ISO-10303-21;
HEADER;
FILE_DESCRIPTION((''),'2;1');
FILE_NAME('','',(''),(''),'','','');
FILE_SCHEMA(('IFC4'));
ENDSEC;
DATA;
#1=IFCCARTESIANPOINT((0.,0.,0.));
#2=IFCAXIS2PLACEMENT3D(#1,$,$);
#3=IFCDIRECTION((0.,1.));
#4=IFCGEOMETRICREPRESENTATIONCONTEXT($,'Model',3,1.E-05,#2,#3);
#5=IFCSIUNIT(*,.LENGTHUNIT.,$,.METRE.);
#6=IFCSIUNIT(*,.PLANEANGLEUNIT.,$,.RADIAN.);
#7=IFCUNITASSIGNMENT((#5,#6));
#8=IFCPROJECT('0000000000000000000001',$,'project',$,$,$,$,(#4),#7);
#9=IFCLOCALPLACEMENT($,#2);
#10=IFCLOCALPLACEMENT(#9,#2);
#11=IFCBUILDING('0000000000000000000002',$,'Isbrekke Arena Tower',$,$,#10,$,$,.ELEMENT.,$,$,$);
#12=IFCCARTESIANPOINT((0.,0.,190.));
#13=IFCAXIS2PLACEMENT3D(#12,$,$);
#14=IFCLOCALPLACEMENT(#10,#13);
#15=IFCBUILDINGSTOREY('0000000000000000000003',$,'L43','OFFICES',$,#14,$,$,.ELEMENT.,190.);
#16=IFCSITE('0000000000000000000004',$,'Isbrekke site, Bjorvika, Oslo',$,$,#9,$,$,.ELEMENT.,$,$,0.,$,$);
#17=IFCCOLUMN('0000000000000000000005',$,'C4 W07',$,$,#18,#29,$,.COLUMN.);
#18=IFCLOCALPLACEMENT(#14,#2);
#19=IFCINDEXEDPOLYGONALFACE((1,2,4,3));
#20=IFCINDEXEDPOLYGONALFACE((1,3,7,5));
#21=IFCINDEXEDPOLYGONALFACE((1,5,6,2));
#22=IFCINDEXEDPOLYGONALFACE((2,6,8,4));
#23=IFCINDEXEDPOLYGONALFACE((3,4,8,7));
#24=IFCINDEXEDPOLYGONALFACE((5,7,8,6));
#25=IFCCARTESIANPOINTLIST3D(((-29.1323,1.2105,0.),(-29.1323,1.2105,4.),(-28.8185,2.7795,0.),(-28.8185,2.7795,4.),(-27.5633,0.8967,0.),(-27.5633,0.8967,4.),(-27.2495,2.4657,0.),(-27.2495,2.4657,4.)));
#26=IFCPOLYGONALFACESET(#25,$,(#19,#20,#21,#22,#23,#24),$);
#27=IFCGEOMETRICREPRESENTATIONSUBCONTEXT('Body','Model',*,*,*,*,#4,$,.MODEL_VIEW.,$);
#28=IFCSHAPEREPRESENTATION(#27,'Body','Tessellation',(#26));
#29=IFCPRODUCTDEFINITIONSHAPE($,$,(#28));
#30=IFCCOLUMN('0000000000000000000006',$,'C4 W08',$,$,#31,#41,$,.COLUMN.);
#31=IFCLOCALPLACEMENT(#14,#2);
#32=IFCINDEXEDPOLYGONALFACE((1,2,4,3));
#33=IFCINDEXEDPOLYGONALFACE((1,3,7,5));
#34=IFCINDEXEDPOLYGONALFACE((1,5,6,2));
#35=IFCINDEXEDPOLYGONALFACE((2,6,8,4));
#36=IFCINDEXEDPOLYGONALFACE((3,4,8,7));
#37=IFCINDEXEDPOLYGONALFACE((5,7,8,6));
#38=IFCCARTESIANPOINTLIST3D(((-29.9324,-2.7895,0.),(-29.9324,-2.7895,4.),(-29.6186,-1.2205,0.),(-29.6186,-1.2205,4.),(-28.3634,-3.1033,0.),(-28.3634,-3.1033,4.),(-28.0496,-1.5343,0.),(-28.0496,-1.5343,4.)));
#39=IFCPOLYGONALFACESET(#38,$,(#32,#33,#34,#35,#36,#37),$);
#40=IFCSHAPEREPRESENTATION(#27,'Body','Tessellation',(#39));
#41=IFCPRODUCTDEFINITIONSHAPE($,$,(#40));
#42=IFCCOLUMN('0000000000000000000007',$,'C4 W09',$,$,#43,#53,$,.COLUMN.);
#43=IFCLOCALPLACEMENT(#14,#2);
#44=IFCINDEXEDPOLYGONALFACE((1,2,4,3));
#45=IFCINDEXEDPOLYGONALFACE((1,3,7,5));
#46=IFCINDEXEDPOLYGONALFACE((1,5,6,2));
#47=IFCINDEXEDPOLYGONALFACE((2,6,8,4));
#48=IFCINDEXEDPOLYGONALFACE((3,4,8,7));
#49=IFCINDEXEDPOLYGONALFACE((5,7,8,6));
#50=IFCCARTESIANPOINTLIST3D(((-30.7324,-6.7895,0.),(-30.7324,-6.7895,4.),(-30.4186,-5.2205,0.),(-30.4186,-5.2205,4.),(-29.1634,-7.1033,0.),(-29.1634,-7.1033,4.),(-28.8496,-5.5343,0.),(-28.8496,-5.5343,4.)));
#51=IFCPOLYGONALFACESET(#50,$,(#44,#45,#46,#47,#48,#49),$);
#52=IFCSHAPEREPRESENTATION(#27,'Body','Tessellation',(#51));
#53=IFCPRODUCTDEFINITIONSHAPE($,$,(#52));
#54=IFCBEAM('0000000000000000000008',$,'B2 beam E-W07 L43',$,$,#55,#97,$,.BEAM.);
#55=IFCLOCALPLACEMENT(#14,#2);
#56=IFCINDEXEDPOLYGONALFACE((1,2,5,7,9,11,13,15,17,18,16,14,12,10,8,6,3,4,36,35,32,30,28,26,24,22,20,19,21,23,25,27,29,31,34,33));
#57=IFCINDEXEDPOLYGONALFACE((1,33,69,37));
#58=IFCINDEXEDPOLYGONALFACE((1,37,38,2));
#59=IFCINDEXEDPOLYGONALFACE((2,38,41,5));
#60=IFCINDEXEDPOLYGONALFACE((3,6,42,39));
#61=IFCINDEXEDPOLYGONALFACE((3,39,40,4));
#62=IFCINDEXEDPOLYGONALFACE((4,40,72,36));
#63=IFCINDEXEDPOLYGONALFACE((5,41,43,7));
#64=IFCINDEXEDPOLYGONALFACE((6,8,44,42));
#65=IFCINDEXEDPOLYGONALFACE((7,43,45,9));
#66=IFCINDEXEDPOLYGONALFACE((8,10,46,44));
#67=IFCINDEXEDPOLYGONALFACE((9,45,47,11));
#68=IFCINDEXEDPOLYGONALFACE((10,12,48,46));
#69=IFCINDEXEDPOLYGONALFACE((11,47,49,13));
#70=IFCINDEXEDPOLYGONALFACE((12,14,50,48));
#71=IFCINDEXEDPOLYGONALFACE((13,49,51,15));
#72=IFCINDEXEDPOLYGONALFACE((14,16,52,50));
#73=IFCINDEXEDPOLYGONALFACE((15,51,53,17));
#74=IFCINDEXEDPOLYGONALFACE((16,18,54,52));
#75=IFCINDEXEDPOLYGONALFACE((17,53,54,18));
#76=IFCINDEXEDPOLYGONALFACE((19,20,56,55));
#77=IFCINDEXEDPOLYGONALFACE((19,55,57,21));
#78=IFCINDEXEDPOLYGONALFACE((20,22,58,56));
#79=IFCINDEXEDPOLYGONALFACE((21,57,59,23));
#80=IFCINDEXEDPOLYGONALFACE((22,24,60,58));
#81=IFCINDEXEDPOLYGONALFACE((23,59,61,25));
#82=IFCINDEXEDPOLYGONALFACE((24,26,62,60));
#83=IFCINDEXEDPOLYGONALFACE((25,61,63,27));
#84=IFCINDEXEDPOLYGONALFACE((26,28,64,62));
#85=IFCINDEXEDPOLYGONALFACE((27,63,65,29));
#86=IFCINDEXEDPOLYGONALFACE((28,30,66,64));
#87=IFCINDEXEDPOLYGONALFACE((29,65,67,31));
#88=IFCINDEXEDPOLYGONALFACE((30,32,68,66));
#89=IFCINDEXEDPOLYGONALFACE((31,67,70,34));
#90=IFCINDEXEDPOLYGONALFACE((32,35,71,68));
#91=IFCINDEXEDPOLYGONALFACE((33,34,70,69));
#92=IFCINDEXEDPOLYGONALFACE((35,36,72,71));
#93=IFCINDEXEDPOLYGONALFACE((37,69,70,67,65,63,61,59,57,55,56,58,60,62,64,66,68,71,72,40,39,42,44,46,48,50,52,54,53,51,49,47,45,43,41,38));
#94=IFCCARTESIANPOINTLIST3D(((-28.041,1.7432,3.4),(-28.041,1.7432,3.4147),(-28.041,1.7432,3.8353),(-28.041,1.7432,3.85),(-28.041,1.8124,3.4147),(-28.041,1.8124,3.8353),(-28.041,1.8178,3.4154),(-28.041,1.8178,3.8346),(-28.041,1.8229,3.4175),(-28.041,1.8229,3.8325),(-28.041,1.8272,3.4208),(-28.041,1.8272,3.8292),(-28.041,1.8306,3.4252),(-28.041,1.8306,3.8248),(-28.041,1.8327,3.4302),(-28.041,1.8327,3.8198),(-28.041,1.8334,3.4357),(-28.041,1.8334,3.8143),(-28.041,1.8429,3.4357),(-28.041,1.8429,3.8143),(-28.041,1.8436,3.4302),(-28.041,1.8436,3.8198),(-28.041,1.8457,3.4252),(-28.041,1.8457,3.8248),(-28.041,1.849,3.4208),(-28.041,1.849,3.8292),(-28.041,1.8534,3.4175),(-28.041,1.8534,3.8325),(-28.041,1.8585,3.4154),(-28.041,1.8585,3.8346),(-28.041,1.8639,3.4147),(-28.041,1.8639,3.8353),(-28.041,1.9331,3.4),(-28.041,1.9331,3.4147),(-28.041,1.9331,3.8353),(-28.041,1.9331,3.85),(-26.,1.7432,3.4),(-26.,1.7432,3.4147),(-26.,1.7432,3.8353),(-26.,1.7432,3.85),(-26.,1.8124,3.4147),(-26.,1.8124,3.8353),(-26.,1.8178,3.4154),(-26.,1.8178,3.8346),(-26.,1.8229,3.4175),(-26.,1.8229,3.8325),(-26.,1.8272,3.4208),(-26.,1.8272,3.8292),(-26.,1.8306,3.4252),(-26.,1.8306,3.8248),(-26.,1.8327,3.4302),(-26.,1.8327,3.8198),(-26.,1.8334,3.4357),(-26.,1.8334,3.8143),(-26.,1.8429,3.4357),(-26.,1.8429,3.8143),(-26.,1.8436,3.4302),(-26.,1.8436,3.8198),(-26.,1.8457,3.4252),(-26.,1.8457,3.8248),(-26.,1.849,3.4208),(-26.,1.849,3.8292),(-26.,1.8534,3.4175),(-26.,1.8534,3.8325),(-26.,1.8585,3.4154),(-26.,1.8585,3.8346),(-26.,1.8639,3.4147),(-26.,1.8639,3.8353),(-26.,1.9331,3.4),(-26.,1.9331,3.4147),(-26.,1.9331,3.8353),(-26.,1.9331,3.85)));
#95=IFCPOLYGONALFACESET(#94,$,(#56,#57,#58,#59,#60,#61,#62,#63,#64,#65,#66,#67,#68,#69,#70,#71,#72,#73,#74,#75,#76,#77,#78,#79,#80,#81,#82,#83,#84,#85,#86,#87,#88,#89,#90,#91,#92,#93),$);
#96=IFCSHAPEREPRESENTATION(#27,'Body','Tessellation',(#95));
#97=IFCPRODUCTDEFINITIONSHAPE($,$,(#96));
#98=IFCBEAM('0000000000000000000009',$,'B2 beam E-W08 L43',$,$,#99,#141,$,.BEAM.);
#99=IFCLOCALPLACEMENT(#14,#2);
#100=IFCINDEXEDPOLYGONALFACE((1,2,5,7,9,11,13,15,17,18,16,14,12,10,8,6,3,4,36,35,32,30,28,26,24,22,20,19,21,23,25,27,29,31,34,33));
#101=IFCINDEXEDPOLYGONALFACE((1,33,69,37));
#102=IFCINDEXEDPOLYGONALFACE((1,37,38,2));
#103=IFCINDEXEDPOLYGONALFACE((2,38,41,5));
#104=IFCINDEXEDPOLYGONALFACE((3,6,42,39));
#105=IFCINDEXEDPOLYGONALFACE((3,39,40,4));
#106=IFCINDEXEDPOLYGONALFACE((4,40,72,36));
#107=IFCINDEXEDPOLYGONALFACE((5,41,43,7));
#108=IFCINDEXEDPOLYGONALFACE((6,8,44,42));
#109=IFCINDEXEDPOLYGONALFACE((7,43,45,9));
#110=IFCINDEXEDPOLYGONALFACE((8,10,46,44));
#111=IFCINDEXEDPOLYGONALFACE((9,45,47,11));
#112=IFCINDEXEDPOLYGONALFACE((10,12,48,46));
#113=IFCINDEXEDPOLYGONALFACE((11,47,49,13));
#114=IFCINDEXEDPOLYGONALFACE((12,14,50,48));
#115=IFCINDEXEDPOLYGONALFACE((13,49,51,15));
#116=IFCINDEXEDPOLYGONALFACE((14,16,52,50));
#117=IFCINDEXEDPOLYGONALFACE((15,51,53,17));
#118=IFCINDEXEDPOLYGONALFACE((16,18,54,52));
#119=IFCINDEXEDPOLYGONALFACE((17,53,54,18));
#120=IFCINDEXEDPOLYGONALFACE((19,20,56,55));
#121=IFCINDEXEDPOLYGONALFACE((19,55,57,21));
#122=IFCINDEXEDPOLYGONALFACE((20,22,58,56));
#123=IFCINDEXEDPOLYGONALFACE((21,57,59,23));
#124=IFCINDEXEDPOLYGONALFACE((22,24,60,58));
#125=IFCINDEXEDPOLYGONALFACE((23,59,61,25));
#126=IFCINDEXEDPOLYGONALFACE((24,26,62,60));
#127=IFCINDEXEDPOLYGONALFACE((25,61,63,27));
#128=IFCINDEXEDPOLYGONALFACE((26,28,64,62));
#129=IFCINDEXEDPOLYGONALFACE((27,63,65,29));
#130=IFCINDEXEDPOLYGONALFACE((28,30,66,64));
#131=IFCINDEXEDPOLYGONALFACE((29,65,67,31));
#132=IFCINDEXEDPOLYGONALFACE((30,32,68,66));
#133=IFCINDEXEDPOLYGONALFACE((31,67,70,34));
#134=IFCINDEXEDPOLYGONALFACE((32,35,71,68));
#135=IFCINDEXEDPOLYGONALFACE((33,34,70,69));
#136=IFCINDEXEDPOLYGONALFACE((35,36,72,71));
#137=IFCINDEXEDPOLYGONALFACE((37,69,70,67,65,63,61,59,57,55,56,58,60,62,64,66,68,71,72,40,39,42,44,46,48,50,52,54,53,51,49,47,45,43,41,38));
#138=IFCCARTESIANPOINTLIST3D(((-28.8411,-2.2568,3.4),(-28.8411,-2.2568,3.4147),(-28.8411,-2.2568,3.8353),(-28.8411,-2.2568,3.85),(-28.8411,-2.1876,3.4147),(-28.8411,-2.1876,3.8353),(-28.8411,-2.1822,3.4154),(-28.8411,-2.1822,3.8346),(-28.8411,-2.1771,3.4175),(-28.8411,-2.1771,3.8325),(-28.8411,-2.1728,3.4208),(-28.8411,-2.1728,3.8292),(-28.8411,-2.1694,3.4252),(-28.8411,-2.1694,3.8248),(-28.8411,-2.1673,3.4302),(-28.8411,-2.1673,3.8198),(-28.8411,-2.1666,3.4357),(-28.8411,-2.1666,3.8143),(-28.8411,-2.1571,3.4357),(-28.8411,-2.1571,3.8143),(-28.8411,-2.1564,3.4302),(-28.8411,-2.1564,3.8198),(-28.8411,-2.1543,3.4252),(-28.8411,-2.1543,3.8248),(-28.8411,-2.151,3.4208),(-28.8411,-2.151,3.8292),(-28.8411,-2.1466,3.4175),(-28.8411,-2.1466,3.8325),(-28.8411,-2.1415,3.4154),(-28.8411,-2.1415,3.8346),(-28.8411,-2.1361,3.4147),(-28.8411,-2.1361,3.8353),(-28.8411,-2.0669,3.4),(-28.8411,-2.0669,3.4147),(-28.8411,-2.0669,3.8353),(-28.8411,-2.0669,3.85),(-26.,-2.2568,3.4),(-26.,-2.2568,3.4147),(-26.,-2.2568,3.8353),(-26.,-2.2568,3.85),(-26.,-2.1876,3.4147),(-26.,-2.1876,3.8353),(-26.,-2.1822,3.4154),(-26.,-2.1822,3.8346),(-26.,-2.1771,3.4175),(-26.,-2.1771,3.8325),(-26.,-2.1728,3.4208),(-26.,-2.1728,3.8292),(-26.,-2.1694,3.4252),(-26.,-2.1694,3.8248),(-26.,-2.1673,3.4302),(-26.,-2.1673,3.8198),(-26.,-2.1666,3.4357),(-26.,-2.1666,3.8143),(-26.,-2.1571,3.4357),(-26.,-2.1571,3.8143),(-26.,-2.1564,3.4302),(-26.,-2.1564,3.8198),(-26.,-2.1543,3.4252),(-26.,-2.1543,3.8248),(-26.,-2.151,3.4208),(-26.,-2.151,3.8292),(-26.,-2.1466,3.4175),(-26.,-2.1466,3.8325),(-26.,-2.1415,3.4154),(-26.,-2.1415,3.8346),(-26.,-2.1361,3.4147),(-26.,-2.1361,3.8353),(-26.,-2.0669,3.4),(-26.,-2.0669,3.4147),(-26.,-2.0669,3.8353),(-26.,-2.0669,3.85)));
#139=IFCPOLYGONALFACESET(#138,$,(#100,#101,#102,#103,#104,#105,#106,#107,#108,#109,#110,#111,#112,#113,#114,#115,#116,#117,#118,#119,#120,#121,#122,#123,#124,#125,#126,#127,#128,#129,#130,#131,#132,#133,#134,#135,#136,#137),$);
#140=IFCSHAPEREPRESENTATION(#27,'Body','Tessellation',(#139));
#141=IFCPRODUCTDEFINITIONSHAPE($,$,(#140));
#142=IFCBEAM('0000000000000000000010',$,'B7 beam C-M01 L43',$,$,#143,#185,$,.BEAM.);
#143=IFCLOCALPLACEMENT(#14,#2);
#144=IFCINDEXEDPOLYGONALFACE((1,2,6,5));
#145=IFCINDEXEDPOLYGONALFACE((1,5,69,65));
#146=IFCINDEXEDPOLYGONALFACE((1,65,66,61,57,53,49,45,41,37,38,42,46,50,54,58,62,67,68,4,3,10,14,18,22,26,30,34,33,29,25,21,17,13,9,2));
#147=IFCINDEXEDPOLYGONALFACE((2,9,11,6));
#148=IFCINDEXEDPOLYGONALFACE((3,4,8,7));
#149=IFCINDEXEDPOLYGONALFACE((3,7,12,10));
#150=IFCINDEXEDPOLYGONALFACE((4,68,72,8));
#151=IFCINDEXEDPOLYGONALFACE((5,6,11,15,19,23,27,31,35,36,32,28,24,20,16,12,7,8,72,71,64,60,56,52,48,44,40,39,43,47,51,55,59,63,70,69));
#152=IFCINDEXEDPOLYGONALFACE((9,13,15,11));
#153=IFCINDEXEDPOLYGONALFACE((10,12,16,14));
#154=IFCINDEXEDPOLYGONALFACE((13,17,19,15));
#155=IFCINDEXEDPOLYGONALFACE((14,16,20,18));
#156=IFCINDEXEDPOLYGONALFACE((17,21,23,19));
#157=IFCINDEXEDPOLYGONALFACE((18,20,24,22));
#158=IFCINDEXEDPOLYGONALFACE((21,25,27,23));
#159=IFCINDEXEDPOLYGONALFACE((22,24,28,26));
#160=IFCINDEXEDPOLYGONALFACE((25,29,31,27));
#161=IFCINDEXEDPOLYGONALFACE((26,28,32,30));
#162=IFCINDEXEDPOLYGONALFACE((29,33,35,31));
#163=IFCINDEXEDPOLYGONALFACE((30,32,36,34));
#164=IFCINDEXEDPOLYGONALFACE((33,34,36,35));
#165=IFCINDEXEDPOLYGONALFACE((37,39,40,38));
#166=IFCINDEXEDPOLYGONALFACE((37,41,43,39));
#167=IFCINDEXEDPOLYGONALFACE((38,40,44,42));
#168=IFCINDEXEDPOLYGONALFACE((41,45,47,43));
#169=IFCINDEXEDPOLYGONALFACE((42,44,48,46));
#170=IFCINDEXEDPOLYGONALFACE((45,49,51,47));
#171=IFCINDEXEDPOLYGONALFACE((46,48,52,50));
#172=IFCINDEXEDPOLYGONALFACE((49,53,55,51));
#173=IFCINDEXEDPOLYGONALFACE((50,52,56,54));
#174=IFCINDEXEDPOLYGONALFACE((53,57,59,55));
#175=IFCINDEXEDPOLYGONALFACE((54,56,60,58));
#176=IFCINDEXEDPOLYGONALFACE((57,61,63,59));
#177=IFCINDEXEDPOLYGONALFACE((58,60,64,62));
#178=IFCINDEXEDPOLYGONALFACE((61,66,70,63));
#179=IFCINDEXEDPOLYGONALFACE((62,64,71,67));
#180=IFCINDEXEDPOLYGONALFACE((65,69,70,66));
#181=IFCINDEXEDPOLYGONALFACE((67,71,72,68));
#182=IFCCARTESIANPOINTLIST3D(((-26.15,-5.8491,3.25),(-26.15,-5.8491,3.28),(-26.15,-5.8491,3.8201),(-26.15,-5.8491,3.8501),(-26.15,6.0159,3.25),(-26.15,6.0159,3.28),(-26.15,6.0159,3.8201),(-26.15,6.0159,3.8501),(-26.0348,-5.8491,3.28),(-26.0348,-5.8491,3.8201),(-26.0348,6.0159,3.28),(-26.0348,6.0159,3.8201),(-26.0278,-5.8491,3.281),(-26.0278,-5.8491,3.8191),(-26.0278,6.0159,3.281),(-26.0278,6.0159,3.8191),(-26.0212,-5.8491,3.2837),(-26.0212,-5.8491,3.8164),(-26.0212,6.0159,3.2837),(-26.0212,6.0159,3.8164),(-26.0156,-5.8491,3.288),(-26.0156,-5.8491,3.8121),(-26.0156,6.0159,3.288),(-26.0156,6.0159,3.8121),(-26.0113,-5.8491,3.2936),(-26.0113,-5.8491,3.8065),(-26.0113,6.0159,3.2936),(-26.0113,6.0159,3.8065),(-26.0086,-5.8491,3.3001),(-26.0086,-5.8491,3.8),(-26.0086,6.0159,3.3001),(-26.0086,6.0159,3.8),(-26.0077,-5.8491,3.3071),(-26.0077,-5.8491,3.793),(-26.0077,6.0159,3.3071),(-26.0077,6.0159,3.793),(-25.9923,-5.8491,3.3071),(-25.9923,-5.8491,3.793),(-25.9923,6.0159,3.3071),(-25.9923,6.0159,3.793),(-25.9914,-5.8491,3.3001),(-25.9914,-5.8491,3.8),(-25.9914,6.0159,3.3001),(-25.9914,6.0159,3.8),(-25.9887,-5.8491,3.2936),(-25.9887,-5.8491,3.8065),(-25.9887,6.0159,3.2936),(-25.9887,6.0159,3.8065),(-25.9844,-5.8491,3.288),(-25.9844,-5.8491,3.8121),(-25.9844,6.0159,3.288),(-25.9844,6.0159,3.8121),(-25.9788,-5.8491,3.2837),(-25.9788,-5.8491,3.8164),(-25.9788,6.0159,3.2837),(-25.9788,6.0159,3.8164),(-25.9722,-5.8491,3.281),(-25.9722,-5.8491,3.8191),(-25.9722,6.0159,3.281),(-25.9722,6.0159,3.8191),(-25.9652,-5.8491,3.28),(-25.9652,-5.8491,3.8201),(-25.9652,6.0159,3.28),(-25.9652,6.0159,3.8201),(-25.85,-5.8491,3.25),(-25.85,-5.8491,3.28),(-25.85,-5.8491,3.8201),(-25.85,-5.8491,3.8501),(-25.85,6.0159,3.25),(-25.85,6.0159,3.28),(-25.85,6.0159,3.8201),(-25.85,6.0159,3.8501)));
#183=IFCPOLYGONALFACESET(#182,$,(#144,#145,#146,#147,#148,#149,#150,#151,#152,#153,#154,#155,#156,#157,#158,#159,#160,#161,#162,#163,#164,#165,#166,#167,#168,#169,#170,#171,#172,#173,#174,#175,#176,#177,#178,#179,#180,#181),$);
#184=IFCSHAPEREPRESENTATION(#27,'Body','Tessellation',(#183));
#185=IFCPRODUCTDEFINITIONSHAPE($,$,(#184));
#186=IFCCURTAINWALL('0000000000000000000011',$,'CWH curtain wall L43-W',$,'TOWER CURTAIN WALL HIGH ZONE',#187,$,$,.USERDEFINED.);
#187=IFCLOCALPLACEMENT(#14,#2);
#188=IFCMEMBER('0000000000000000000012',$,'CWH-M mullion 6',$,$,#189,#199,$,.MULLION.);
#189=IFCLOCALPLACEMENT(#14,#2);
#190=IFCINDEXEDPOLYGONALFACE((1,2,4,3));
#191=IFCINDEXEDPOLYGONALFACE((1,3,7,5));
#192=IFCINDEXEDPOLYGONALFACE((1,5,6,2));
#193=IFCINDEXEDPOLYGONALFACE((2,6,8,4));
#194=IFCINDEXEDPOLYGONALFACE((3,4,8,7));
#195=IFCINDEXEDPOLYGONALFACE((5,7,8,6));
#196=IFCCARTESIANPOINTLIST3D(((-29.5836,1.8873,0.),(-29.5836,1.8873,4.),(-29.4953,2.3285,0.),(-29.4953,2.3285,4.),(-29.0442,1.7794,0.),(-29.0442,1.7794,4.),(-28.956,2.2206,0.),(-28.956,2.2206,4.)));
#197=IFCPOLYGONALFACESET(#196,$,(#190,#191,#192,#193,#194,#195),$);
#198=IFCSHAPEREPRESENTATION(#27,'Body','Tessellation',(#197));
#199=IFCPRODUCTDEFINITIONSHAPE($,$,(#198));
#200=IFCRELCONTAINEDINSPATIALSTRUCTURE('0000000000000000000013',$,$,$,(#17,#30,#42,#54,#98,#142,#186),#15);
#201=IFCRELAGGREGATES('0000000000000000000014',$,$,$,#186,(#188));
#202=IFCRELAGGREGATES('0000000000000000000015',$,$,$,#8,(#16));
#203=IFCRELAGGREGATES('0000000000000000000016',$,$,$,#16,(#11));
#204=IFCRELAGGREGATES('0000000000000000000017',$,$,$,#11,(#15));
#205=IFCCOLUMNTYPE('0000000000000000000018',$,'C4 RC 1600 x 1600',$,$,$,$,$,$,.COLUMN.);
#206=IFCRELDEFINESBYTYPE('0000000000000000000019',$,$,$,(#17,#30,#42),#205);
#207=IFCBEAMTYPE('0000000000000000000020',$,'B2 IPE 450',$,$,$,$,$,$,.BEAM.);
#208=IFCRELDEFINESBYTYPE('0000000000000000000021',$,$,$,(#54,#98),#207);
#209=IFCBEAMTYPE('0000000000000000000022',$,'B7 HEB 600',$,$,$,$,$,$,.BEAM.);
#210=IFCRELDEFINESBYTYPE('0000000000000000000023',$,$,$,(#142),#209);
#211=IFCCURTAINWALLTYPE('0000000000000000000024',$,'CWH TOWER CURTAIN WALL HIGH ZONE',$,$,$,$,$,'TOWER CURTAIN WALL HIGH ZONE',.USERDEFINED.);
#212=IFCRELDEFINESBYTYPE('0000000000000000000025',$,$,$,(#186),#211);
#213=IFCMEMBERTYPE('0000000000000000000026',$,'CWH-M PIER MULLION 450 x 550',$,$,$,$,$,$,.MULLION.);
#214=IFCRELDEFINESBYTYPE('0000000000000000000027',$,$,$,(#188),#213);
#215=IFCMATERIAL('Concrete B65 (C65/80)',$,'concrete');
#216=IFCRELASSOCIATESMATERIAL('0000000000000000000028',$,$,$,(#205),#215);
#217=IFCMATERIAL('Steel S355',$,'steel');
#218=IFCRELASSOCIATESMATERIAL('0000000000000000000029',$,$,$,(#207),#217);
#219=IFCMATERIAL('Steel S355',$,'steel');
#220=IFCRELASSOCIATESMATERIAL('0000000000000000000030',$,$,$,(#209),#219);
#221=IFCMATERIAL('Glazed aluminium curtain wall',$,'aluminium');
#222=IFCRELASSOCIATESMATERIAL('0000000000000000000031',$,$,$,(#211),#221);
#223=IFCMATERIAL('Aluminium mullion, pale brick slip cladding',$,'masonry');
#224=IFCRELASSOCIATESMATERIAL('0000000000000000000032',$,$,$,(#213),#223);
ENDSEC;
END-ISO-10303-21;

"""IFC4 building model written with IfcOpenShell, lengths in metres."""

from ifc_helpers import new_model, si_unit, direction, frame, origin, origin_2d, place, context, subcontext, project, spatial, rectangle, i_section, extrude, material, material_profile, profile_set, type_object, element, aggregate, save


model = new_model("IFC4")

# Units and contexts
model_context = context("Model", 3, precision=1e-05, world=origin(), true_north=direction((0.0, 1.0)))
body_context = subcontext(model_context, "Body", "Model", "MODEL_VIEW")
ifc_project = project(units=[si_unit("LENGTHUNIT", "METRE"), si_unit("PLANEANGLEUNIT", "RADIAN")], contexts=[model_context])

# Site, building, storey
site_placement = place(None, origin())
site = spatial("IfcSite", under=ifc_project, at=site_placement, Name="Isbrekke site, Bjorvika, Oslo", CompositionType="ELEMENT", RefElevation=0.0)
building_placement = place(site_placement, origin())
building = spatial("IfcBuilding", under=site, at=building_placement, Name="Isbrekke Arena Tower", CompositionType="ELEMENT")
storey_placement = place(building_placement, frame((0.0, 0.0, 190.0)))
storey = spatial("IfcBuildingStorey", under=building, at=storey_placement, Name="L43", Description="OFFICES", CompositionType="ELEMENT", Elevation=190.0)

# Columns
ifc_material_1 = material(Name="Concrete B65 (C65/80)", Category="concrete")
ifc_material_profile_1 = material_profile(ifc_material_1, rectangle(XDim=1.6001, YDim=1.6001, at=origin_2d()), Name="RC 1600x1600")
ifc_profile_set_1 = profile_set([ifc_material_profile_1], Name="Concrete B65 (C65/80)")
column_type = type_object("IfcColumnType", Name="C4 RC 1600 x 1600", PredefinedType="COLUMN", material=ifc_profile_set_1)
for number, where, z_axis, x_axis, name in (
    (1, (-28.1909, 1.8381, 0.0), (0.0, 0.0, 1.0), (-0.196116, -0.980581, 0.0), "C4 W07"),
    (2, (-28.991, -2.1619, 0.0), (0.0, 0.0, 1.0), (-0.196116, -0.980581, 0.0), "C4 W08"),
    (3, (-29.791, -6.1619, 0.0), (0.0, 0.0, 1.0), (-0.196116, -0.980581, 0.0), "C4 W09"),
):
    element("IfcColumn", number, at=place(storey_placement, frame(where, z_axis=z_axis, x_axis=x_axis)), inside=storey, type_object=column_type, Name=name, PredefinedType="COLUMN", context=body_context, shape_type="SweptSolid", body=[
        extrude(rectangle(XDim=1.6001, YDim=1.6001, at=origin_2d()), origin(), (0.0, 0.0, 1.0), 4.0),
    ])

# Beams
ifc_material_2 = material(Name="Steel S355", Category="steel")
ifc_material_profile_2 = material_profile(ifc_material_2, i_section(OverallWidth=0.1899, OverallDepth=0.45, WebThickness=0.0095, FlangeThickness=0.0146, FilletRadius=0.021, at=origin_2d()), Name="IPE 450")
ifc_profile_set_2 = profile_set([ifc_material_profile_2], Name="Steel S355")
beam_type_1 = type_object("IfcBeamType", Name="B2 IPE 450", PredefinedType="BEAM", material=ifc_profile_set_2)
beam_1_placement = place(storey_placement, frame((-28.041, 1.8381, 3.625), z_axis=(1.0, 0.0, 0.0), x_axis=(0.0, 1.0, 0.0)))
element("IfcBeam", 4, at=beam_1_placement, inside=storey, type_object=beam_type_1, Name="B2 beam E-W07 L43", PredefinedType="BEAM", context=body_context, shape_type="SweptSolid", body=[
    extrude(i_section(OverallWidth=0.1899, OverallDepth=0.45, WebThickness=0.0095, FlangeThickness=0.0146, FilletRadius=0.021, at=origin_2d()), origin(), (0.0, 0.0, 1.0), 2.041),
])
beam_2_placement = place(storey_placement, frame((-28.8411, -2.1619, 3.625), z_axis=(1.0, 0.0, 0.0), x_axis=(0.0, 1.0, 0.0)))
element("IfcBeam", 5, at=beam_2_placement, inside=storey, type_object=beam_type_1, Name="B2 beam E-W08 L43", PredefinedType="BEAM", context=body_context, shape_type="SweptSolid", body=[
    extrude(i_section(OverallWidth=0.1899, OverallDepth=0.45, WebThickness=0.0095, FlangeThickness=0.0146, FilletRadius=0.021, at=origin_2d()), origin(), (0.0, 0.0, 1.0), 2.8411),
])
ifc_material_3 = material(Name="Steel S355", Category="steel")
ifc_material_profile_3 = material_profile(ifc_material_3, i_section(OverallWidth=0.3, OverallDepth=0.6001, WebThickness=0.0154, FlangeThickness=0.03, FilletRadius=0.0271, at=origin_2d()), Name="HEB 600")
ifc_profile_set_3 = profile_set([ifc_material_profile_3], Name="Steel S355")
beam_type_2 = type_object("IfcBeamType", Name="B7 HEB 600", PredefinedType="BEAM", material=ifc_profile_set_3)
beam_3_placement = place(storey_placement, frame((-26.0, -5.8491, 3.55), z_axis=(0.0, 1.0, 0.0), x_axis=(-1.0, 0.0, 0.0)))
element("IfcBeam", 6, at=beam_3_placement, inside=storey, type_object=beam_type_2, Name="B7 beam C-M01 L43", PredefinedType="BEAM", context=body_context, shape_type="SweptSolid", body=[
    extrude(i_section(OverallWidth=0.3, OverallDepth=0.6001, WebThickness=0.0154, FlangeThickness=0.03, FilletRadius=0.0271, at=origin_2d()), origin(), (0.0, 0.0, 1.0), 11.865),
])

# Curtain wall, member
ifc_material_4 = material(Name="Glazed aluminium curtain wall", Category="aluminium")
curtain_wall_type = type_object("IfcCurtainWallType", Name="CWH TOWER CURTAIN WALL HIGH ZONE", ElementType="TOWER CURTAIN WALL HIGH ZONE", PredefinedType="USERDEFINED", material=ifc_material_4)
curtain_wall_placement = place(storey_placement, origin())
curtain_wall = element("IfcCurtainWall", 7, at=curtain_wall_placement, inside=storey, type_object=curtain_wall_type, Name="CWH curtain wall L43-W", ObjectType="TOWER CURTAIN WALL HIGH ZONE", PredefinedType="USERDEFINED")
ifc_material_5 = material(Name="Aluminium mullion, pale brick slip cladding", Category="masonry")
ifc_material_profile_4 = material_profile(ifc_material_5, rectangle(XDim=0.45, YDim=0.55, at=origin_2d()), Name="PIER 450X550")
ifc_profile_set_4 = profile_set([ifc_material_profile_4], Name="Aluminium mullion, pale brick slip cladding")
member_type_1 = type_object("IfcMemberType", Name="CWH-M PIER MULLION 450 x 550", PredefinedType="MULLION", material=ifc_profile_set_4)
member_1_placement = place(storey_placement, frame((-29.2698, 2.054, 0.0), z_axis=(0.0, 0.0, 1.0), x_axis=(-0.196116, -0.980581, 0.0)))
member_1 = element("IfcMember", 8, at=member_1_placement, type_object=member_type_1, Name="CWH-M mullion 6", PredefinedType="MULLION", context=body_context, shape_type="SweptSolid", body=[
    extrude(rectangle(XDim=0.45, YDim=0.55, at=origin_2d()), origin(), (0.0, 0.0, 1.0), 4.0),
])

aggregate(curtain_wall, [member_1])

save(model, "model.ifc")
